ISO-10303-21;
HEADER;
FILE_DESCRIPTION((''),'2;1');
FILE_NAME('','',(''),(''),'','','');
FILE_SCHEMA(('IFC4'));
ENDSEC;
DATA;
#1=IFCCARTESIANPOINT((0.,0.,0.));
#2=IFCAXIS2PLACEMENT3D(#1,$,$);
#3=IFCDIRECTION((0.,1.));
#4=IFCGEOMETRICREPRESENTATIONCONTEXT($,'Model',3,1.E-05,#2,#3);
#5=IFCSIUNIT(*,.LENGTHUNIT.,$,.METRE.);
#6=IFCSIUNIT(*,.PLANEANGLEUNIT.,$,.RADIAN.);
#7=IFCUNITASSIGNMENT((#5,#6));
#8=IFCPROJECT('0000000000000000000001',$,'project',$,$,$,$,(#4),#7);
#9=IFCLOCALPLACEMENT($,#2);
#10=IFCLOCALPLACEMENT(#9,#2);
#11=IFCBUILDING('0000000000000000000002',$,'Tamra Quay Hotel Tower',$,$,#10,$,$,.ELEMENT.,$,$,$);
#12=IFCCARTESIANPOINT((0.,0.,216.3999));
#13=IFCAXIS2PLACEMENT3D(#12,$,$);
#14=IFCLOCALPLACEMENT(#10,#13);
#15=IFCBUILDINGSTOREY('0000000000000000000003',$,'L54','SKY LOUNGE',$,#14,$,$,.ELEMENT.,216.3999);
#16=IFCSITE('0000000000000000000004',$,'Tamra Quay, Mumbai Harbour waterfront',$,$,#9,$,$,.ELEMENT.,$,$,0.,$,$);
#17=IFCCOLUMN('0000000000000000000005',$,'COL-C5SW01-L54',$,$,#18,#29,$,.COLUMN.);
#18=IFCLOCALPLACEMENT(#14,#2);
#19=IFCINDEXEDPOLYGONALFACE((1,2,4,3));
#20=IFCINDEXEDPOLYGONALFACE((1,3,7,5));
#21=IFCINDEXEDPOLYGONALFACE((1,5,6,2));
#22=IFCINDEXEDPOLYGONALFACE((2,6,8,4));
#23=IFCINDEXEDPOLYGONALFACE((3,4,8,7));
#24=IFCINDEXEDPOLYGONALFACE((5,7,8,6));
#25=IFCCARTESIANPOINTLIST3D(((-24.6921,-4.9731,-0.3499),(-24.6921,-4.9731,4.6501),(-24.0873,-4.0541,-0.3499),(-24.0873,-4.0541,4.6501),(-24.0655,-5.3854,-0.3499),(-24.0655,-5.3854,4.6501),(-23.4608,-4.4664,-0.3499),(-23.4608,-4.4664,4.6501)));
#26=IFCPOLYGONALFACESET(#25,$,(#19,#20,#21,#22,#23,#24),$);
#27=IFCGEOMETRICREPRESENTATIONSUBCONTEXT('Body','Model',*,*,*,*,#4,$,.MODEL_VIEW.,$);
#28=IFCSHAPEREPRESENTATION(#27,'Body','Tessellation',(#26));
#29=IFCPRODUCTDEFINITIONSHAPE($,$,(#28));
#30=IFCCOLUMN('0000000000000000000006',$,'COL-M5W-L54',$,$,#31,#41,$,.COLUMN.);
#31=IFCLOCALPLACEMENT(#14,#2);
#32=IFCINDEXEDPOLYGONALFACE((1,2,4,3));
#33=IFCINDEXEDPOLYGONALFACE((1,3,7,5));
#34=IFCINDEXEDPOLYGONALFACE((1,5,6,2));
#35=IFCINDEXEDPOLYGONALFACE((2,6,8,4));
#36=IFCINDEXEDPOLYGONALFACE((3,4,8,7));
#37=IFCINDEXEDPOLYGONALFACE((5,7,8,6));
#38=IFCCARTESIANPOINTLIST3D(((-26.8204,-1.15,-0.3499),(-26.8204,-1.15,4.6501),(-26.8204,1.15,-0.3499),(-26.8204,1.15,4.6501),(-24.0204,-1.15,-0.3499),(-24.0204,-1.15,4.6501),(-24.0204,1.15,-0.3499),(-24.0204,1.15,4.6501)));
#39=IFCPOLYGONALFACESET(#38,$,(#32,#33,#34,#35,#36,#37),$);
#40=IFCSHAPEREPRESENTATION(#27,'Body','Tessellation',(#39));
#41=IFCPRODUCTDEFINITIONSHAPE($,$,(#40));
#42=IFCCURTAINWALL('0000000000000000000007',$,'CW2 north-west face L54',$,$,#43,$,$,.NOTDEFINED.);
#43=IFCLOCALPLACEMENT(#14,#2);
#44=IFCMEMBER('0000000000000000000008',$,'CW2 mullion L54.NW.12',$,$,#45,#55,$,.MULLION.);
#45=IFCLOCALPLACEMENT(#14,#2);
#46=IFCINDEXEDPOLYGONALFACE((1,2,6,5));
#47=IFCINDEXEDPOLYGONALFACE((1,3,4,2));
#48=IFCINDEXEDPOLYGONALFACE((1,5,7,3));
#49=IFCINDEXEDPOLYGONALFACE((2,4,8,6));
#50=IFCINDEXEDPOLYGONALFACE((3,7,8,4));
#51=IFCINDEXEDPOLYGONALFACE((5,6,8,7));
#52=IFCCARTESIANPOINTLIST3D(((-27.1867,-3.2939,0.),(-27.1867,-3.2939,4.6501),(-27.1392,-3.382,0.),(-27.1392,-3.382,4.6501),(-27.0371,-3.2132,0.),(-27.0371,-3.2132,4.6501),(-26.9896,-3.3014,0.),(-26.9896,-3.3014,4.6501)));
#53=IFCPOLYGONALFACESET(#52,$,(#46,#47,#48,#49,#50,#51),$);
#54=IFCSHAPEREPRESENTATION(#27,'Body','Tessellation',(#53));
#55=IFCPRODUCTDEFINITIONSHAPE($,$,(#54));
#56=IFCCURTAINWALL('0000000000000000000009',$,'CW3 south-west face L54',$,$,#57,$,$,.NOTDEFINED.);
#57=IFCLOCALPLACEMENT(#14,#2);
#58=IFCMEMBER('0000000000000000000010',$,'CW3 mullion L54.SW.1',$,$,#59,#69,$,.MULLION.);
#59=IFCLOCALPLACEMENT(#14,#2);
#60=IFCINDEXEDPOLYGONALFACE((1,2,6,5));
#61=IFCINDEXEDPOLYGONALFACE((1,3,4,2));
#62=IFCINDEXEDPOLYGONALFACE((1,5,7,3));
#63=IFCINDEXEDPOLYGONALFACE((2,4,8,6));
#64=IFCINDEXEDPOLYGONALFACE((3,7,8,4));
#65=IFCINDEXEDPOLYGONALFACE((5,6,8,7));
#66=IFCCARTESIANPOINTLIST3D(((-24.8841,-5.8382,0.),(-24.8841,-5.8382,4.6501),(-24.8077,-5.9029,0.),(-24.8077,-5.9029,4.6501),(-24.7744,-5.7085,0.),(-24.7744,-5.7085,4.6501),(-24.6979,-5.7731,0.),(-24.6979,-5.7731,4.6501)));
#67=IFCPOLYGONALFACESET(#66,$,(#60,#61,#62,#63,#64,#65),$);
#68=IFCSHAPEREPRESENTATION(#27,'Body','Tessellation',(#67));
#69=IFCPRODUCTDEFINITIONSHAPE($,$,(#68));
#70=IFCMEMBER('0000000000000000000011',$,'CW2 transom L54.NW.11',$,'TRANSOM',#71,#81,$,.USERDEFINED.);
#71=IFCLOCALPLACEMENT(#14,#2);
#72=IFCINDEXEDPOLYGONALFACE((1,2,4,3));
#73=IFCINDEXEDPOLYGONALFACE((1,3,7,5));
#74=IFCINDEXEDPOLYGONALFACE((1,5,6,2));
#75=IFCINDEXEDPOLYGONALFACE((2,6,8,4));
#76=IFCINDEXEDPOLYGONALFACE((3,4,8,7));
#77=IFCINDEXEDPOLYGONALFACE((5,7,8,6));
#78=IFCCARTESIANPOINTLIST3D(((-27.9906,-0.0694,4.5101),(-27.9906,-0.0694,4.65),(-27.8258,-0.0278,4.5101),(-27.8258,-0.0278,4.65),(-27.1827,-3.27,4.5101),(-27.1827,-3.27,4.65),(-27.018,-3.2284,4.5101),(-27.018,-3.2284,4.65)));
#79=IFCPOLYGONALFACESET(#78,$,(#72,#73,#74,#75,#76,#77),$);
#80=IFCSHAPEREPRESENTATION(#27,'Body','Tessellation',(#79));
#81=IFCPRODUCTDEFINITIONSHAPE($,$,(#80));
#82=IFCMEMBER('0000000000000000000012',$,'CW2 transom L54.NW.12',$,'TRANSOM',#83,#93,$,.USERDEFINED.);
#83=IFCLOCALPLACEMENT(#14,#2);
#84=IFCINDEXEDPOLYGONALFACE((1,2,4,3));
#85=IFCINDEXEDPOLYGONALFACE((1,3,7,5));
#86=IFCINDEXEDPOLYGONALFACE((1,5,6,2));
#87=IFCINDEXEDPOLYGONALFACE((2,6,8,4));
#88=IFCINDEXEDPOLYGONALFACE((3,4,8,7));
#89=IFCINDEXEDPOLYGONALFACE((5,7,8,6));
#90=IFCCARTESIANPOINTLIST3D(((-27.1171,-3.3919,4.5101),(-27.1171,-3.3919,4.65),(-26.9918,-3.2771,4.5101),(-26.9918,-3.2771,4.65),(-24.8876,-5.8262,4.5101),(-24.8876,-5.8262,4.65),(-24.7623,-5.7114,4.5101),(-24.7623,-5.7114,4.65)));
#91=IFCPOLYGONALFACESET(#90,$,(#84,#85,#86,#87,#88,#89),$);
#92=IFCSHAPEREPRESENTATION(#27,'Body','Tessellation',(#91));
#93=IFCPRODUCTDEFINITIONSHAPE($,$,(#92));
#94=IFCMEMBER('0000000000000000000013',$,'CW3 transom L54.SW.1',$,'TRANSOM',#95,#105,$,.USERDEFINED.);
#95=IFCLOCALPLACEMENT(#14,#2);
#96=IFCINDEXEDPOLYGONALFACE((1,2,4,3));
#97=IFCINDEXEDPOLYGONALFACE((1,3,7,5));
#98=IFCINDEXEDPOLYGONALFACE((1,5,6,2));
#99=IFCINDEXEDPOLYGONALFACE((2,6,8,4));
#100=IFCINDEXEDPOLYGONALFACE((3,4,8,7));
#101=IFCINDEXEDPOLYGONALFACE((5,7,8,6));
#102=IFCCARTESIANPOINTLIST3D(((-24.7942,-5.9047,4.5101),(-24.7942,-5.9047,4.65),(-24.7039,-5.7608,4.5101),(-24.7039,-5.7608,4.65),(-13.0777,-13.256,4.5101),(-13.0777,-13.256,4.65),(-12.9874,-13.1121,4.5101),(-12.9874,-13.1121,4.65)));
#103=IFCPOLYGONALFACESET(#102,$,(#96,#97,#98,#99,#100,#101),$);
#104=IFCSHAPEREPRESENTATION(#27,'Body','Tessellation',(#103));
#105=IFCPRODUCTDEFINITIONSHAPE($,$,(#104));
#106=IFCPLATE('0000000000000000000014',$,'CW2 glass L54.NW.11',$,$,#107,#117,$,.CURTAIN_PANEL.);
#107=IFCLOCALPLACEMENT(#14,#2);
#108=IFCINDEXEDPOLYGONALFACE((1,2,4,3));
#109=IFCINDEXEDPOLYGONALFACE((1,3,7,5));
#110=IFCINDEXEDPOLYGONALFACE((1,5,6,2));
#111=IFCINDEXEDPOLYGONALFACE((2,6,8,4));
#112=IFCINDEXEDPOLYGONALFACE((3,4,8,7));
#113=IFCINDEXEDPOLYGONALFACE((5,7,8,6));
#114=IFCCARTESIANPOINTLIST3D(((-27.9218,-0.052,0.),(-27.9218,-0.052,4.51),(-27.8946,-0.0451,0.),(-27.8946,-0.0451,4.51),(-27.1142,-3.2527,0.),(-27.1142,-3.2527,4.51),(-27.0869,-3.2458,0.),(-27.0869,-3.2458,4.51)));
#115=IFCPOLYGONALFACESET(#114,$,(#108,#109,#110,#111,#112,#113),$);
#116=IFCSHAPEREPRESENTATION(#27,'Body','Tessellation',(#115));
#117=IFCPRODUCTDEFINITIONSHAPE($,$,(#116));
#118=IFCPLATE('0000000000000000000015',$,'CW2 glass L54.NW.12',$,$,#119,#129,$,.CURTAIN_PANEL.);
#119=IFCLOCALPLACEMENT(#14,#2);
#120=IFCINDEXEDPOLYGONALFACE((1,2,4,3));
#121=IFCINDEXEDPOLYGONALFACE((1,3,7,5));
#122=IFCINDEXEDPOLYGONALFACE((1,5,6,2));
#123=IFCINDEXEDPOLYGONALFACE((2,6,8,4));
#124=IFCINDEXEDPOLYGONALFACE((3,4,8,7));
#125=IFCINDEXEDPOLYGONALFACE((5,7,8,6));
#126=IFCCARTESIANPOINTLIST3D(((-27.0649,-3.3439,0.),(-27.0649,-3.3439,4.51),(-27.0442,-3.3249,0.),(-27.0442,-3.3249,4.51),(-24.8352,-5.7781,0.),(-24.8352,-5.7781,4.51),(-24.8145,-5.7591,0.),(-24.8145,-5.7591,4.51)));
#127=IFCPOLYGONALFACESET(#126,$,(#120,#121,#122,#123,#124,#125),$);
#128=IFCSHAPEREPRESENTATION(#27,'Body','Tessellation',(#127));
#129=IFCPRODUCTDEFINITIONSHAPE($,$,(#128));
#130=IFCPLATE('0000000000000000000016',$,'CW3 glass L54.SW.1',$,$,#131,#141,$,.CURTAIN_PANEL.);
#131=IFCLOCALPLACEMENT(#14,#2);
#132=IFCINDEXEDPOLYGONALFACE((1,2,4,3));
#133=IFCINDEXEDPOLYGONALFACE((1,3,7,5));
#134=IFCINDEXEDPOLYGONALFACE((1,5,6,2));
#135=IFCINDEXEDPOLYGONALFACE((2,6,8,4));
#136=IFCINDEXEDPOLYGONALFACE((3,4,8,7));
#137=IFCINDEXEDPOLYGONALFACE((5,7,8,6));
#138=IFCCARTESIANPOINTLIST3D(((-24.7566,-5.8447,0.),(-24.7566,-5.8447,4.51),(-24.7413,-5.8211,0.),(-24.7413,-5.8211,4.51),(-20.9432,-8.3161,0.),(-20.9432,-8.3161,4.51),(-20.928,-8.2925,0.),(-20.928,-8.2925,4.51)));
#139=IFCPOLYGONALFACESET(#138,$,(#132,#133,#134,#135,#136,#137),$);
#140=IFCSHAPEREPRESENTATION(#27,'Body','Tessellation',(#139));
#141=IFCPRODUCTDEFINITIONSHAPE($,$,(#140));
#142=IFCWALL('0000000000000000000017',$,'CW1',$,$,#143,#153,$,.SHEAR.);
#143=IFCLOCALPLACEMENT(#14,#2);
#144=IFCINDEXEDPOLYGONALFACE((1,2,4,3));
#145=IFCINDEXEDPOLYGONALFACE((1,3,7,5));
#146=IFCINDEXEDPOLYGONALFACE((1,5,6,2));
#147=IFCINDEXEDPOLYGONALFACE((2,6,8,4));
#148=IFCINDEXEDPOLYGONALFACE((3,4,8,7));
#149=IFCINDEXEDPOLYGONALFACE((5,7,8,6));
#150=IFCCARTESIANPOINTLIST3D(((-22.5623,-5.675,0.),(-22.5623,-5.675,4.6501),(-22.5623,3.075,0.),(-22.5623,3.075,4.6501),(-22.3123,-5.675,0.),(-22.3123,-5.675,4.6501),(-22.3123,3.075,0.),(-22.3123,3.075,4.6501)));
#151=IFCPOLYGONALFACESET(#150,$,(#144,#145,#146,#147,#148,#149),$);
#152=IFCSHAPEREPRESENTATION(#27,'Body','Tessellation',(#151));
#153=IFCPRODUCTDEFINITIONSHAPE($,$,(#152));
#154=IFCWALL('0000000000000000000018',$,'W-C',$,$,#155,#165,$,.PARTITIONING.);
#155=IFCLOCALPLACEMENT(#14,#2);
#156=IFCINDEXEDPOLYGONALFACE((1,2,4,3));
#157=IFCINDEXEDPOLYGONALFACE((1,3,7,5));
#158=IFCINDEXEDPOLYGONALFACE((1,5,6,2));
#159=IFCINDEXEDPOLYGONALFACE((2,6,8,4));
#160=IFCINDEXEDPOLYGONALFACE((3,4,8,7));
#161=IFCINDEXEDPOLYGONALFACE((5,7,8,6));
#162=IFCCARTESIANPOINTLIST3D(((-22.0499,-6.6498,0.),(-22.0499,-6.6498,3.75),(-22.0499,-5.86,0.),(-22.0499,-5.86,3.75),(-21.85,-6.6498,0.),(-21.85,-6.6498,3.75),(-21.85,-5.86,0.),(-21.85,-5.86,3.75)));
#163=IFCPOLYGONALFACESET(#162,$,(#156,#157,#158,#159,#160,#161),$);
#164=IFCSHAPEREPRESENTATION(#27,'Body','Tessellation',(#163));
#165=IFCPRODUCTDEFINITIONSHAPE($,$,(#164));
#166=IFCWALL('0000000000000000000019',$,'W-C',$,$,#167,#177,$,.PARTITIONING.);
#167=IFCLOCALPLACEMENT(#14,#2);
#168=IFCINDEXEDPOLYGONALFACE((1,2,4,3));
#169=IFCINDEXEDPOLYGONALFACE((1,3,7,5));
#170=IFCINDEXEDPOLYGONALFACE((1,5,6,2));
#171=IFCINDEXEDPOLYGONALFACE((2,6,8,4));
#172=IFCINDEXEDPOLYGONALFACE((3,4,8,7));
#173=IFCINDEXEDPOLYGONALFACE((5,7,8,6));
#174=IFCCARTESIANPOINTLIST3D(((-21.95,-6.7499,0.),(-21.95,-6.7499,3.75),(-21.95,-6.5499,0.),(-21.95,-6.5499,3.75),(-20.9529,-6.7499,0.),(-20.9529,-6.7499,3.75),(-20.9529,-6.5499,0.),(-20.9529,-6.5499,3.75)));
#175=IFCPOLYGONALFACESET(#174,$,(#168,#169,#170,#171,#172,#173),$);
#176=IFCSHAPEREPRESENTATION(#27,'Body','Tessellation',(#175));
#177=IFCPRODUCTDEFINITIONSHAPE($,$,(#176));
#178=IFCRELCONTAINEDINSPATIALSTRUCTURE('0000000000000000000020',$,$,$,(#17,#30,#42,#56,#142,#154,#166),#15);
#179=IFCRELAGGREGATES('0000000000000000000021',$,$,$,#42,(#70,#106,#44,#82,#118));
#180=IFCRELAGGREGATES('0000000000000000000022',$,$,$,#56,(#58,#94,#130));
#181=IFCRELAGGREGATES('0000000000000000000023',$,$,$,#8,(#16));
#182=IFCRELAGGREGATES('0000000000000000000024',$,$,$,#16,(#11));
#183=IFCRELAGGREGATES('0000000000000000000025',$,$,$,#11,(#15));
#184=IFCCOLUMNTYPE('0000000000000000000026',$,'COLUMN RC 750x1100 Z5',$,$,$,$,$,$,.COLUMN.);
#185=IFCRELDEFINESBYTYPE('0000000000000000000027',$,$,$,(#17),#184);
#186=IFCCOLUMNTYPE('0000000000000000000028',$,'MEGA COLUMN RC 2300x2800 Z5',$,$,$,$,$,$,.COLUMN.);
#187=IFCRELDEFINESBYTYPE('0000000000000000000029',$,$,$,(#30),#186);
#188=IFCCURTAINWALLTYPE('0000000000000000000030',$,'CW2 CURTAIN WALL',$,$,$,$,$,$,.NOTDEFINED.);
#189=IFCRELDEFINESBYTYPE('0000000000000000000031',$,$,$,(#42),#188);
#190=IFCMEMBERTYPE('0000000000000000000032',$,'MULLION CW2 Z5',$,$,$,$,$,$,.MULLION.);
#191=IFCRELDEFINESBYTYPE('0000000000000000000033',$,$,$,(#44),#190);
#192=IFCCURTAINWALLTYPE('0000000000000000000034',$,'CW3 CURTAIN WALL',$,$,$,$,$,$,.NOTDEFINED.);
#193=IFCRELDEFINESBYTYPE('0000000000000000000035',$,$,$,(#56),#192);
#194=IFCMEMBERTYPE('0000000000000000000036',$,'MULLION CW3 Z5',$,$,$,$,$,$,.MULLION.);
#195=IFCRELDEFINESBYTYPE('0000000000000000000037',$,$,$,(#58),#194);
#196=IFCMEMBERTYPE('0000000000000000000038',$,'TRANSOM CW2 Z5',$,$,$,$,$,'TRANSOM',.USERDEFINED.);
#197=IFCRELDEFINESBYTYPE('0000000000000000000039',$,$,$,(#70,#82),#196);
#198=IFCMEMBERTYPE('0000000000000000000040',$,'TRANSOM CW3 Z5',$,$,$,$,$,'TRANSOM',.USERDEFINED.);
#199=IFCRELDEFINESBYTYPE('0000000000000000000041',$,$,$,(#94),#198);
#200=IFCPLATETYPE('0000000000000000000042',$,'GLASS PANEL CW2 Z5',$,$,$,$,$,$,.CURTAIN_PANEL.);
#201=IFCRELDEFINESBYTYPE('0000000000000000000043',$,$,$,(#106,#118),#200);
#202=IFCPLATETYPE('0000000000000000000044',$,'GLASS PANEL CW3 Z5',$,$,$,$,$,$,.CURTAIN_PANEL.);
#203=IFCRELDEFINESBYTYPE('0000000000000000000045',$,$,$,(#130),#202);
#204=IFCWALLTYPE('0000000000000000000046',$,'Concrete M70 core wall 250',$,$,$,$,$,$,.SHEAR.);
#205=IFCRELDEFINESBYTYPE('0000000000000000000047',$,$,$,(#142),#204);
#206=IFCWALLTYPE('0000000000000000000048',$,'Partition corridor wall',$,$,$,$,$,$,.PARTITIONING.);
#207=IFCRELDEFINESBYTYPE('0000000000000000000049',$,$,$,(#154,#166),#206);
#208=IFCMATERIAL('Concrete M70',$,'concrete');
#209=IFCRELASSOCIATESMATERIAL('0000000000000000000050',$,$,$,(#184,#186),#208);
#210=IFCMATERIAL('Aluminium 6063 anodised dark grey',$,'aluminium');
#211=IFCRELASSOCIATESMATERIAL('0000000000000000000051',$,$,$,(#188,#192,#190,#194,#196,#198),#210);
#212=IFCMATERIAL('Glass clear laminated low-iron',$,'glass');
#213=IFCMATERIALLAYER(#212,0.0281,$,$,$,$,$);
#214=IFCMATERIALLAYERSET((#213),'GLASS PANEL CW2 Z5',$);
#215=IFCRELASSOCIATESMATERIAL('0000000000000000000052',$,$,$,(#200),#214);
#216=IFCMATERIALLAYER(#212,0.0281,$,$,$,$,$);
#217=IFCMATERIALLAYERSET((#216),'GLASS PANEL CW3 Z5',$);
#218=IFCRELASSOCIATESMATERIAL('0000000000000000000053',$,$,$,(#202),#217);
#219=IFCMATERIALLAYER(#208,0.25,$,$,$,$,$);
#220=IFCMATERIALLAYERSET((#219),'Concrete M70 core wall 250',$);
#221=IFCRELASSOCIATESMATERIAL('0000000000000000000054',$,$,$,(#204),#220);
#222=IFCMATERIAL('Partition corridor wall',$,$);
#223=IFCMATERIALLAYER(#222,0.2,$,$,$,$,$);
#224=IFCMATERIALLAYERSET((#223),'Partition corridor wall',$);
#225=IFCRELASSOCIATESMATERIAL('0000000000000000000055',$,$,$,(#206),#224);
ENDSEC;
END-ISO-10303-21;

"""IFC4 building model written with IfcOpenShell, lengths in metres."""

from ifc_helpers import new_model, si_unit, direction, frame, frame_2d, origin, origin_2d, place, context, subcontext, project, spatial, rectangle, extrude, material, layer, layer_set, material_profile, profile_set, type_object, element, aggregate, save


model = new_model("IFC4")

# Units and contexts
model_context = context("Model", 3, precision=1e-05, world=origin(), true_north=direction((0.0, 1.0)))
body_context = subcontext(model_context, "Body", "Model", "MODEL_VIEW")
ifc_project = project(units=[si_unit("LENGTHUNIT", "METRE"), si_unit("PLANEANGLEUNIT", "RADIAN")], contexts=[model_context])

# Site, building, storey
site_placement = place(None, origin())
site = spatial("IfcSite", under=ifc_project, at=site_placement, Name="Tamra Quay, Mumbai Harbour waterfront", CompositionType="ELEMENT", RefElevation=0.0)
building_placement = place(site_placement, origin())
building = spatial("IfcBuilding", under=site, at=building_placement, Name="Tamra Quay Hotel Tower", CompositionType="ELEMENT")
storey_placement = place(building_placement, frame((0.0, 0.0, 216.3999)))
storey = spatial("IfcBuildingStorey", under=building, at=storey_placement, Name="L54", Description="SKY LOUNGE", CompositionType="ELEMENT", Elevation=216.3999)

# Columns
ifc_material_1 = material(Name="Concrete M70", Category="concrete")
ifc_material_profile_1 = material_profile(ifc_material_1, rectangle(XDim=1.1001, YDim=0.75, at=origin_2d()), Name="COLUMN RC 750x1100 Z5")
ifc_profile_set_1 = profile_set([ifc_material_profile_1], Name="Concrete M70")
column_type_1 = type_object("IfcColumnType", Name="COLUMN RC 750x1100 Z5", PredefinedType="COLUMN", material=ifc_profile_set_1)
column_1_placement = place(storey_placement, frame((-24.0764, -4.7197, -0.3499), z_axis=(0.0, 0.0, 1.0), x_axis=(0.549739, 0.835337, 0.0)))
element("IfcColumn", 1, at=column_1_placement, inside=storey, type_object=column_type_1, Name="COL-C5SW01-L54", PredefinedType="COLUMN", context=body_context, shape_type="SweptSolid", body=[
    extrude(rectangle(XDim=1.1001, YDim=0.75, at=origin_2d()), origin(), (0.0, 0.0, 1.0), 5.0),
])
ifc_material_profile_2 = material_profile(ifc_material_1, rectangle(XDim=2.8, YDim=2.3, at=origin_2d()), Name="MEGA COLUMN RC 2300x2800 Z5")
ifc_profile_set_2 = profile_set([ifc_material_profile_2], Name="Concrete M70")
column_type_2 = type_object("IfcColumnType", Name="MEGA COLUMN RC 2300x2800 Z5", PredefinedType="COLUMN", material=ifc_profile_set_2)
column_2_placement = place(storey_placement, frame((-25.4204, 0.0, -0.3499), z_axis=(0.0, 0.0, 1.0), x_axis=(1.0, 0.0, 0.0)))
element("IfcColumn", 2, at=column_2_placement, inside=storey, type_object=column_type_2, Name="COL-M5W-L54", PredefinedType="COLUMN", context=body_context, shape_type="SweptSolid", body=[
    extrude(rectangle(XDim=2.8, YDim=2.3, at=origin_2d()), origin(), (0.0, 0.0, 1.0), 5.0),
])

# Curtain walls, members
ifc_material_2 = material(Name="Aluminium 6063 anodised dark grey", Category="aluminium")
curtain_wall_type_1 = type_object("IfcCurtainWallType", Name="CW2 CURTAIN WALL", PredefinedType="NOTDEFINED", material=ifc_material_2)
curtain_wall_1_placement = place(storey_placement, origin())
curtain_wall_1 = element("IfcCurtainWall", 3, at=curtain_wall_1_placement, inside=storey, type_object=curtain_wall_type_1, Name="CW2 north-west face L54", PredefinedType="NOTDEFINED")
ifc_material_profile_3 = material_profile(ifc_material_2, rectangle(XDim=0.1699, YDim=0.1001, at=origin_2d()), Name="MULLION 100X170")
ifc_profile_set_3 = profile_set([ifc_material_profile_3], Name="Aluminium 6063 anodised dark grey")
member_type_1 = type_object("IfcMemberType", Name="MULLION CW2 Z5", PredefinedType="MULLION", material=ifc_profile_set_3)
member_1_placement = place(storey_placement, frame((-27.0881, -3.2976, 0.0), z_axis=(0.0, 0.0, 1.0), x_axis=(-0.880267, -0.474479, 0.0)))
member_1 = element("IfcMember", 4, at=member_1_placement, type_object=member_type_1, Name="CW2 mullion L54.NW.12", PredefinedType="MULLION", context=body_context, shape_type="SweptSolid", body=[
    extrude(rectangle(XDim=0.1699, YDim=0.1001, at=origin_2d()), origin(), (0.0, 0.0, 1.0), 4.6501),
])
curtain_wall_type_2 = type_object("IfcCurtainWallType", Name="CW3 CURTAIN WALL", PredefinedType="NOTDEFINED", material=ifc_material_2)
curtain_wall_2_placement = place(storey_placement, origin())
curtain_wall_2 = element("IfcCurtainWall", 5, at=curtain_wall_2_placement, inside=storey, type_object=curtain_wall_type_2, Name="CW3 south-west face L54", PredefinedType="NOTDEFINED")
ifc_material_profile_4 = material_profile(ifc_material_2, rectangle(XDim=0.1699, YDim=0.1001, at=origin_2d()), Name="MULLION 100X170")
ifc_profile_set_4 = profile_set([ifc_material_profile_4], Name="Aluminium 6063 anodised dark grey")
member_type_2 = type_object("IfcMemberType", Name="MULLION CW3 Z5", PredefinedType="MULLION", material=ifc_profile_set_4)
member_2_placement = place(storey_placement, frame((-24.791, -5.8057, 0.0), z_axis=(0.0, 0.0, 1.0), x_axis=(-0.645847, -0.763467, 0.0)))
member_2 = element("IfcMember", 6, at=member_2_placement, type_object=member_type_2, Name="CW3 mullion L54.SW.1", PredefinedType="MULLION", context=body_context, shape_type="SweptSolid", body=[
    extrude(rectangle(XDim=0.1699, YDim=0.1001, at=origin_2d()), origin(), (0.0, 0.0, 1.0), 4.6501),
])

# Members
ifc_material_profile_5 = material_profile(ifc_material_2, rectangle(XDim=0.1699, YDim=0.1399, at=origin_2d()), Name="TRANSOM 170X140")
ifc_profile_set_5 = profile_set([ifc_material_profile_5], Name="Aluminium 6063 anodised dark grey")
member_type_3 = type_object("IfcMemberType", Name="TRANSOM CW2 Z5", ElementType="TRANSOM", PredefinedType="USERDEFINED", material=ifc_profile_set_5)
member_3_placement = place(storey_placement, frame((-27.9082, -0.0486, 4.5801), z_axis=(0.244728, -0.969592, 0.0), x_axis=(0.969592, 0.244728, 0.0)))
member_3 = element("IfcMember", 7, at=member_3_placement, type_object=member_type_3, Name="CW2 transom L54.NW.11", ObjectType="TRANSOM", PredefinedType="USERDEFINED", context=body_context, shape_type="SweptSolid", body=[
    extrude(rectangle(XDim=0.1699, YDim=0.1399, at=origin_2d()), origin(), (0.0, 0.0, 1.0), 3.301),
])
member_4_placement = place(storey_placement, frame((-27.0544, -3.3345, 4.5801), z_axis=(0.6754, -0.737452, 0.0), x_axis=(0.737452, 0.6754, 0.0)))
member_4 = element("IfcMember", 8, at=member_4_placement, type_object=member_type_3, Name="CW2 transom L54.NW.12", ObjectType="TRANSOM", PredefinedType="USERDEFINED", context=body_context, shape_type="SweptSolid", body=[
    extrude(rectangle(XDim=0.1699, YDim=0.1399, at=origin_2d()), origin(), (0.0, 0.0, 1.0), 3.301),
])
ifc_material_profile_6 = material_profile(ifc_material_2, rectangle(XDim=0.1699, YDim=0.1399, at=origin_2d()), Name="TRANSOM 170X140")
ifc_profile_set_6 = profile_set([ifc_material_profile_6], Name="Aluminium 6063 anodised dark grey")
member_type_4 = type_object("IfcMemberType", Name="TRANSOM CW3 Z5", ElementType="TRANSOM", PredefinedType="USERDEFINED", material=ifc_profile_set_6)
member_5_placement = place(storey_placement, frame((-24.749, -5.8328, 4.5801), z_axis=(0.847072, -0.531478, 0.0), x_axis=(0.531478, 0.847072, 0.0)))
member_5 = element("IfcMember", 9, at=member_5_placement, type_object=member_type_4, Name="CW3 transom L54.SW.1", ObjectType="TRANSOM", PredefinedType="USERDEFINED", context=body_context, shape_type="SweptSolid", body=[
    extrude(rectangle(XDim=0.1699, YDim=0.1399, at=origin_2d()), origin(), (0.0, 0.0, 1.0), 13.8318),
])

# Plates
ifc_material_3 = material(Name="Glass clear laminated low-iron", Category="glass")
ifc_layer_1 = layer(ifc_material_3, 0.0281)
ifc_layer_set_1 = layer_set([ifc_layer_1], Name="GLASS PANEL CW2 Z5")
plate_type_1 = type_object("IfcPlateType", Name="GLASS PANEL CW2 Z5", PredefinedType="CURTAIN_PANEL", material=ifc_layer_set_1)
plate_1_placement = place(storey_placement, frame((-27.5044, -1.6489, 0.0), z_axis=(0.0, 0.0, 1.0), x_axis=(0.244677, -0.969605, 0.0)))
plate_1 = element("IfcPlate", 10, at=plate_1_placement, type_object=plate_type_1, Name="CW2 glass L54.NW.11", PredefinedType="CURTAIN_PANEL", context=body_context, shape_type="SweptSolid", body=[
    extrude(rectangle(XDim=3.301, YDim=0.0281, at=origin_2d()), origin(), (0.0, 0.0, 1.0), 4.51),
])
plate_2_placement = place(storey_placement, frame((-25.9397, -4.5515, 0.0), z_axis=(0.0, 0.0, 1.0), x_axis=(0.675438, -0.737417, 0.0)))
plate_2 = element("IfcPlate", 11, at=plate_2_placement, type_object=plate_type_1, Name="CW2 glass L54.NW.12", PredefinedType="CURTAIN_PANEL", context=body_context, shape_type="SweptSolid", body=[
    extrude(rectangle(XDim=3.301, YDim=0.0281, at=origin_2d()), origin(), (0.0, 0.0, 1.0), 4.51),
])
aggregate(curtain_wall_1, [member_3, plate_1, member_1, member_4, plate_2])
ifc_layer_2 = layer(ifc_material_3, 0.0281)
ifc_layer_set_2 = layer_set([ifc_layer_2], Name="GLASS PANEL CW3 Z5")
plate_type_2 = type_object("IfcPlateType", Name="GLASS PANEL CW3 Z5", PredefinedType="CURTAIN_PANEL", material=ifc_layer_set_2)
plate_3_placement = place(storey_placement, frame((-22.8423, -7.0686, 0.0), z_axis=(0.0, 0.0, 1.0), x_axis=(0.839179, -0.543856, 0.0)))
plate_3 = element("IfcPlate", 12, at=plate_3_placement, type_object=plate_type_2, Name="CW3 glass L54.SW.1", PredefinedType="CURTAIN_PANEL", context=body_context, shape_type="SweptSolid", body=[
    extrude(rectangle(XDim=4.5442, YDim=0.0281, at=origin_2d()), origin(), (0.0, 0.0, 1.0), 4.51),
])
aggregate(curtain_wall_2, [member_2, member_5, plate_3])

# Walls
ifc_layer_3 = layer(ifc_material_1, 0.25)
ifc_layer_set_3 = layer_set([ifc_layer_3], Name="Concrete M70 core wall 250")
wall_type_1 = type_object("IfcWallType", Name="Concrete M70 core wall 250", PredefinedType="SHEAR", material=ifc_layer_set_3)
wall_1_placement = place(storey_placement, frame((-22.4373, -5.675, 0.0), z_axis=(0.0, 0.0, 1.0), x_axis=(0.0, 1.0, 0.0)))
element("IfcWall", 13, at=wall_1_placement, inside=storey, type_object=wall_type_1, Name="CW1", PredefinedType="SHEAR", context=body_context, shape_type="SweptSolid", body=[
    extrude(rectangle(XDim=8.75, YDim=0.25, at=frame_2d((4.375, 0.0))), origin(), (0.0, 0.0, 1.0), 4.6501),
])
ifc_material_4 = material(Name="Partition corridor wall")
ifc_layer_4 = layer(ifc_material_4, 0.2)
ifc_layer_set_4 = layer_set([ifc_layer_4], Name="Partition corridor wall")
wall_type_2 = type_object("IfcWallType", Name="Partition corridor wall", PredefinedType="PARTITIONING", material=ifc_layer_set_4)
wall_2_placement = place(storey_placement, frame((-21.95, -6.6499, 0.0), z_axis=(0.0, 0.0, 1.0), x_axis=(0.0, 1.0, 0.0)))
element("IfcWall", 14, at=wall_2_placement, inside=storey, type_object=wall_type_2, Name="W-C", PredefinedType="PARTITIONING", context=body_context, shape_type="SweptSolid", body=[
    extrude(rectangle(XDim=0.7898, YDim=0.2, at=frame_2d((0.395, 0.0))), origin(), (0.0, 0.0, 1.0), 3.75),
])
wall_3_placement = place(storey_placement, frame((-21.95, -6.6499, 0.0), z_axis=(0.0, 0.0, 1.0), x_axis=(1.0, 0.0, 0.0)))
element("IfcWall", 15, at=wall_3_placement, inside=storey, type_object=wall_type_2, Name="W-C", PredefinedType="PARTITIONING", context=body_context, shape_type="SweptSolid", body=[
    extrude(rectangle(XDim=0.9971, YDim=0.2, at=frame_2d((0.4985, 0.0))), origin(), (0.0, 0.0, 1.0), 3.75),
])

save(model, "model.ifc")
